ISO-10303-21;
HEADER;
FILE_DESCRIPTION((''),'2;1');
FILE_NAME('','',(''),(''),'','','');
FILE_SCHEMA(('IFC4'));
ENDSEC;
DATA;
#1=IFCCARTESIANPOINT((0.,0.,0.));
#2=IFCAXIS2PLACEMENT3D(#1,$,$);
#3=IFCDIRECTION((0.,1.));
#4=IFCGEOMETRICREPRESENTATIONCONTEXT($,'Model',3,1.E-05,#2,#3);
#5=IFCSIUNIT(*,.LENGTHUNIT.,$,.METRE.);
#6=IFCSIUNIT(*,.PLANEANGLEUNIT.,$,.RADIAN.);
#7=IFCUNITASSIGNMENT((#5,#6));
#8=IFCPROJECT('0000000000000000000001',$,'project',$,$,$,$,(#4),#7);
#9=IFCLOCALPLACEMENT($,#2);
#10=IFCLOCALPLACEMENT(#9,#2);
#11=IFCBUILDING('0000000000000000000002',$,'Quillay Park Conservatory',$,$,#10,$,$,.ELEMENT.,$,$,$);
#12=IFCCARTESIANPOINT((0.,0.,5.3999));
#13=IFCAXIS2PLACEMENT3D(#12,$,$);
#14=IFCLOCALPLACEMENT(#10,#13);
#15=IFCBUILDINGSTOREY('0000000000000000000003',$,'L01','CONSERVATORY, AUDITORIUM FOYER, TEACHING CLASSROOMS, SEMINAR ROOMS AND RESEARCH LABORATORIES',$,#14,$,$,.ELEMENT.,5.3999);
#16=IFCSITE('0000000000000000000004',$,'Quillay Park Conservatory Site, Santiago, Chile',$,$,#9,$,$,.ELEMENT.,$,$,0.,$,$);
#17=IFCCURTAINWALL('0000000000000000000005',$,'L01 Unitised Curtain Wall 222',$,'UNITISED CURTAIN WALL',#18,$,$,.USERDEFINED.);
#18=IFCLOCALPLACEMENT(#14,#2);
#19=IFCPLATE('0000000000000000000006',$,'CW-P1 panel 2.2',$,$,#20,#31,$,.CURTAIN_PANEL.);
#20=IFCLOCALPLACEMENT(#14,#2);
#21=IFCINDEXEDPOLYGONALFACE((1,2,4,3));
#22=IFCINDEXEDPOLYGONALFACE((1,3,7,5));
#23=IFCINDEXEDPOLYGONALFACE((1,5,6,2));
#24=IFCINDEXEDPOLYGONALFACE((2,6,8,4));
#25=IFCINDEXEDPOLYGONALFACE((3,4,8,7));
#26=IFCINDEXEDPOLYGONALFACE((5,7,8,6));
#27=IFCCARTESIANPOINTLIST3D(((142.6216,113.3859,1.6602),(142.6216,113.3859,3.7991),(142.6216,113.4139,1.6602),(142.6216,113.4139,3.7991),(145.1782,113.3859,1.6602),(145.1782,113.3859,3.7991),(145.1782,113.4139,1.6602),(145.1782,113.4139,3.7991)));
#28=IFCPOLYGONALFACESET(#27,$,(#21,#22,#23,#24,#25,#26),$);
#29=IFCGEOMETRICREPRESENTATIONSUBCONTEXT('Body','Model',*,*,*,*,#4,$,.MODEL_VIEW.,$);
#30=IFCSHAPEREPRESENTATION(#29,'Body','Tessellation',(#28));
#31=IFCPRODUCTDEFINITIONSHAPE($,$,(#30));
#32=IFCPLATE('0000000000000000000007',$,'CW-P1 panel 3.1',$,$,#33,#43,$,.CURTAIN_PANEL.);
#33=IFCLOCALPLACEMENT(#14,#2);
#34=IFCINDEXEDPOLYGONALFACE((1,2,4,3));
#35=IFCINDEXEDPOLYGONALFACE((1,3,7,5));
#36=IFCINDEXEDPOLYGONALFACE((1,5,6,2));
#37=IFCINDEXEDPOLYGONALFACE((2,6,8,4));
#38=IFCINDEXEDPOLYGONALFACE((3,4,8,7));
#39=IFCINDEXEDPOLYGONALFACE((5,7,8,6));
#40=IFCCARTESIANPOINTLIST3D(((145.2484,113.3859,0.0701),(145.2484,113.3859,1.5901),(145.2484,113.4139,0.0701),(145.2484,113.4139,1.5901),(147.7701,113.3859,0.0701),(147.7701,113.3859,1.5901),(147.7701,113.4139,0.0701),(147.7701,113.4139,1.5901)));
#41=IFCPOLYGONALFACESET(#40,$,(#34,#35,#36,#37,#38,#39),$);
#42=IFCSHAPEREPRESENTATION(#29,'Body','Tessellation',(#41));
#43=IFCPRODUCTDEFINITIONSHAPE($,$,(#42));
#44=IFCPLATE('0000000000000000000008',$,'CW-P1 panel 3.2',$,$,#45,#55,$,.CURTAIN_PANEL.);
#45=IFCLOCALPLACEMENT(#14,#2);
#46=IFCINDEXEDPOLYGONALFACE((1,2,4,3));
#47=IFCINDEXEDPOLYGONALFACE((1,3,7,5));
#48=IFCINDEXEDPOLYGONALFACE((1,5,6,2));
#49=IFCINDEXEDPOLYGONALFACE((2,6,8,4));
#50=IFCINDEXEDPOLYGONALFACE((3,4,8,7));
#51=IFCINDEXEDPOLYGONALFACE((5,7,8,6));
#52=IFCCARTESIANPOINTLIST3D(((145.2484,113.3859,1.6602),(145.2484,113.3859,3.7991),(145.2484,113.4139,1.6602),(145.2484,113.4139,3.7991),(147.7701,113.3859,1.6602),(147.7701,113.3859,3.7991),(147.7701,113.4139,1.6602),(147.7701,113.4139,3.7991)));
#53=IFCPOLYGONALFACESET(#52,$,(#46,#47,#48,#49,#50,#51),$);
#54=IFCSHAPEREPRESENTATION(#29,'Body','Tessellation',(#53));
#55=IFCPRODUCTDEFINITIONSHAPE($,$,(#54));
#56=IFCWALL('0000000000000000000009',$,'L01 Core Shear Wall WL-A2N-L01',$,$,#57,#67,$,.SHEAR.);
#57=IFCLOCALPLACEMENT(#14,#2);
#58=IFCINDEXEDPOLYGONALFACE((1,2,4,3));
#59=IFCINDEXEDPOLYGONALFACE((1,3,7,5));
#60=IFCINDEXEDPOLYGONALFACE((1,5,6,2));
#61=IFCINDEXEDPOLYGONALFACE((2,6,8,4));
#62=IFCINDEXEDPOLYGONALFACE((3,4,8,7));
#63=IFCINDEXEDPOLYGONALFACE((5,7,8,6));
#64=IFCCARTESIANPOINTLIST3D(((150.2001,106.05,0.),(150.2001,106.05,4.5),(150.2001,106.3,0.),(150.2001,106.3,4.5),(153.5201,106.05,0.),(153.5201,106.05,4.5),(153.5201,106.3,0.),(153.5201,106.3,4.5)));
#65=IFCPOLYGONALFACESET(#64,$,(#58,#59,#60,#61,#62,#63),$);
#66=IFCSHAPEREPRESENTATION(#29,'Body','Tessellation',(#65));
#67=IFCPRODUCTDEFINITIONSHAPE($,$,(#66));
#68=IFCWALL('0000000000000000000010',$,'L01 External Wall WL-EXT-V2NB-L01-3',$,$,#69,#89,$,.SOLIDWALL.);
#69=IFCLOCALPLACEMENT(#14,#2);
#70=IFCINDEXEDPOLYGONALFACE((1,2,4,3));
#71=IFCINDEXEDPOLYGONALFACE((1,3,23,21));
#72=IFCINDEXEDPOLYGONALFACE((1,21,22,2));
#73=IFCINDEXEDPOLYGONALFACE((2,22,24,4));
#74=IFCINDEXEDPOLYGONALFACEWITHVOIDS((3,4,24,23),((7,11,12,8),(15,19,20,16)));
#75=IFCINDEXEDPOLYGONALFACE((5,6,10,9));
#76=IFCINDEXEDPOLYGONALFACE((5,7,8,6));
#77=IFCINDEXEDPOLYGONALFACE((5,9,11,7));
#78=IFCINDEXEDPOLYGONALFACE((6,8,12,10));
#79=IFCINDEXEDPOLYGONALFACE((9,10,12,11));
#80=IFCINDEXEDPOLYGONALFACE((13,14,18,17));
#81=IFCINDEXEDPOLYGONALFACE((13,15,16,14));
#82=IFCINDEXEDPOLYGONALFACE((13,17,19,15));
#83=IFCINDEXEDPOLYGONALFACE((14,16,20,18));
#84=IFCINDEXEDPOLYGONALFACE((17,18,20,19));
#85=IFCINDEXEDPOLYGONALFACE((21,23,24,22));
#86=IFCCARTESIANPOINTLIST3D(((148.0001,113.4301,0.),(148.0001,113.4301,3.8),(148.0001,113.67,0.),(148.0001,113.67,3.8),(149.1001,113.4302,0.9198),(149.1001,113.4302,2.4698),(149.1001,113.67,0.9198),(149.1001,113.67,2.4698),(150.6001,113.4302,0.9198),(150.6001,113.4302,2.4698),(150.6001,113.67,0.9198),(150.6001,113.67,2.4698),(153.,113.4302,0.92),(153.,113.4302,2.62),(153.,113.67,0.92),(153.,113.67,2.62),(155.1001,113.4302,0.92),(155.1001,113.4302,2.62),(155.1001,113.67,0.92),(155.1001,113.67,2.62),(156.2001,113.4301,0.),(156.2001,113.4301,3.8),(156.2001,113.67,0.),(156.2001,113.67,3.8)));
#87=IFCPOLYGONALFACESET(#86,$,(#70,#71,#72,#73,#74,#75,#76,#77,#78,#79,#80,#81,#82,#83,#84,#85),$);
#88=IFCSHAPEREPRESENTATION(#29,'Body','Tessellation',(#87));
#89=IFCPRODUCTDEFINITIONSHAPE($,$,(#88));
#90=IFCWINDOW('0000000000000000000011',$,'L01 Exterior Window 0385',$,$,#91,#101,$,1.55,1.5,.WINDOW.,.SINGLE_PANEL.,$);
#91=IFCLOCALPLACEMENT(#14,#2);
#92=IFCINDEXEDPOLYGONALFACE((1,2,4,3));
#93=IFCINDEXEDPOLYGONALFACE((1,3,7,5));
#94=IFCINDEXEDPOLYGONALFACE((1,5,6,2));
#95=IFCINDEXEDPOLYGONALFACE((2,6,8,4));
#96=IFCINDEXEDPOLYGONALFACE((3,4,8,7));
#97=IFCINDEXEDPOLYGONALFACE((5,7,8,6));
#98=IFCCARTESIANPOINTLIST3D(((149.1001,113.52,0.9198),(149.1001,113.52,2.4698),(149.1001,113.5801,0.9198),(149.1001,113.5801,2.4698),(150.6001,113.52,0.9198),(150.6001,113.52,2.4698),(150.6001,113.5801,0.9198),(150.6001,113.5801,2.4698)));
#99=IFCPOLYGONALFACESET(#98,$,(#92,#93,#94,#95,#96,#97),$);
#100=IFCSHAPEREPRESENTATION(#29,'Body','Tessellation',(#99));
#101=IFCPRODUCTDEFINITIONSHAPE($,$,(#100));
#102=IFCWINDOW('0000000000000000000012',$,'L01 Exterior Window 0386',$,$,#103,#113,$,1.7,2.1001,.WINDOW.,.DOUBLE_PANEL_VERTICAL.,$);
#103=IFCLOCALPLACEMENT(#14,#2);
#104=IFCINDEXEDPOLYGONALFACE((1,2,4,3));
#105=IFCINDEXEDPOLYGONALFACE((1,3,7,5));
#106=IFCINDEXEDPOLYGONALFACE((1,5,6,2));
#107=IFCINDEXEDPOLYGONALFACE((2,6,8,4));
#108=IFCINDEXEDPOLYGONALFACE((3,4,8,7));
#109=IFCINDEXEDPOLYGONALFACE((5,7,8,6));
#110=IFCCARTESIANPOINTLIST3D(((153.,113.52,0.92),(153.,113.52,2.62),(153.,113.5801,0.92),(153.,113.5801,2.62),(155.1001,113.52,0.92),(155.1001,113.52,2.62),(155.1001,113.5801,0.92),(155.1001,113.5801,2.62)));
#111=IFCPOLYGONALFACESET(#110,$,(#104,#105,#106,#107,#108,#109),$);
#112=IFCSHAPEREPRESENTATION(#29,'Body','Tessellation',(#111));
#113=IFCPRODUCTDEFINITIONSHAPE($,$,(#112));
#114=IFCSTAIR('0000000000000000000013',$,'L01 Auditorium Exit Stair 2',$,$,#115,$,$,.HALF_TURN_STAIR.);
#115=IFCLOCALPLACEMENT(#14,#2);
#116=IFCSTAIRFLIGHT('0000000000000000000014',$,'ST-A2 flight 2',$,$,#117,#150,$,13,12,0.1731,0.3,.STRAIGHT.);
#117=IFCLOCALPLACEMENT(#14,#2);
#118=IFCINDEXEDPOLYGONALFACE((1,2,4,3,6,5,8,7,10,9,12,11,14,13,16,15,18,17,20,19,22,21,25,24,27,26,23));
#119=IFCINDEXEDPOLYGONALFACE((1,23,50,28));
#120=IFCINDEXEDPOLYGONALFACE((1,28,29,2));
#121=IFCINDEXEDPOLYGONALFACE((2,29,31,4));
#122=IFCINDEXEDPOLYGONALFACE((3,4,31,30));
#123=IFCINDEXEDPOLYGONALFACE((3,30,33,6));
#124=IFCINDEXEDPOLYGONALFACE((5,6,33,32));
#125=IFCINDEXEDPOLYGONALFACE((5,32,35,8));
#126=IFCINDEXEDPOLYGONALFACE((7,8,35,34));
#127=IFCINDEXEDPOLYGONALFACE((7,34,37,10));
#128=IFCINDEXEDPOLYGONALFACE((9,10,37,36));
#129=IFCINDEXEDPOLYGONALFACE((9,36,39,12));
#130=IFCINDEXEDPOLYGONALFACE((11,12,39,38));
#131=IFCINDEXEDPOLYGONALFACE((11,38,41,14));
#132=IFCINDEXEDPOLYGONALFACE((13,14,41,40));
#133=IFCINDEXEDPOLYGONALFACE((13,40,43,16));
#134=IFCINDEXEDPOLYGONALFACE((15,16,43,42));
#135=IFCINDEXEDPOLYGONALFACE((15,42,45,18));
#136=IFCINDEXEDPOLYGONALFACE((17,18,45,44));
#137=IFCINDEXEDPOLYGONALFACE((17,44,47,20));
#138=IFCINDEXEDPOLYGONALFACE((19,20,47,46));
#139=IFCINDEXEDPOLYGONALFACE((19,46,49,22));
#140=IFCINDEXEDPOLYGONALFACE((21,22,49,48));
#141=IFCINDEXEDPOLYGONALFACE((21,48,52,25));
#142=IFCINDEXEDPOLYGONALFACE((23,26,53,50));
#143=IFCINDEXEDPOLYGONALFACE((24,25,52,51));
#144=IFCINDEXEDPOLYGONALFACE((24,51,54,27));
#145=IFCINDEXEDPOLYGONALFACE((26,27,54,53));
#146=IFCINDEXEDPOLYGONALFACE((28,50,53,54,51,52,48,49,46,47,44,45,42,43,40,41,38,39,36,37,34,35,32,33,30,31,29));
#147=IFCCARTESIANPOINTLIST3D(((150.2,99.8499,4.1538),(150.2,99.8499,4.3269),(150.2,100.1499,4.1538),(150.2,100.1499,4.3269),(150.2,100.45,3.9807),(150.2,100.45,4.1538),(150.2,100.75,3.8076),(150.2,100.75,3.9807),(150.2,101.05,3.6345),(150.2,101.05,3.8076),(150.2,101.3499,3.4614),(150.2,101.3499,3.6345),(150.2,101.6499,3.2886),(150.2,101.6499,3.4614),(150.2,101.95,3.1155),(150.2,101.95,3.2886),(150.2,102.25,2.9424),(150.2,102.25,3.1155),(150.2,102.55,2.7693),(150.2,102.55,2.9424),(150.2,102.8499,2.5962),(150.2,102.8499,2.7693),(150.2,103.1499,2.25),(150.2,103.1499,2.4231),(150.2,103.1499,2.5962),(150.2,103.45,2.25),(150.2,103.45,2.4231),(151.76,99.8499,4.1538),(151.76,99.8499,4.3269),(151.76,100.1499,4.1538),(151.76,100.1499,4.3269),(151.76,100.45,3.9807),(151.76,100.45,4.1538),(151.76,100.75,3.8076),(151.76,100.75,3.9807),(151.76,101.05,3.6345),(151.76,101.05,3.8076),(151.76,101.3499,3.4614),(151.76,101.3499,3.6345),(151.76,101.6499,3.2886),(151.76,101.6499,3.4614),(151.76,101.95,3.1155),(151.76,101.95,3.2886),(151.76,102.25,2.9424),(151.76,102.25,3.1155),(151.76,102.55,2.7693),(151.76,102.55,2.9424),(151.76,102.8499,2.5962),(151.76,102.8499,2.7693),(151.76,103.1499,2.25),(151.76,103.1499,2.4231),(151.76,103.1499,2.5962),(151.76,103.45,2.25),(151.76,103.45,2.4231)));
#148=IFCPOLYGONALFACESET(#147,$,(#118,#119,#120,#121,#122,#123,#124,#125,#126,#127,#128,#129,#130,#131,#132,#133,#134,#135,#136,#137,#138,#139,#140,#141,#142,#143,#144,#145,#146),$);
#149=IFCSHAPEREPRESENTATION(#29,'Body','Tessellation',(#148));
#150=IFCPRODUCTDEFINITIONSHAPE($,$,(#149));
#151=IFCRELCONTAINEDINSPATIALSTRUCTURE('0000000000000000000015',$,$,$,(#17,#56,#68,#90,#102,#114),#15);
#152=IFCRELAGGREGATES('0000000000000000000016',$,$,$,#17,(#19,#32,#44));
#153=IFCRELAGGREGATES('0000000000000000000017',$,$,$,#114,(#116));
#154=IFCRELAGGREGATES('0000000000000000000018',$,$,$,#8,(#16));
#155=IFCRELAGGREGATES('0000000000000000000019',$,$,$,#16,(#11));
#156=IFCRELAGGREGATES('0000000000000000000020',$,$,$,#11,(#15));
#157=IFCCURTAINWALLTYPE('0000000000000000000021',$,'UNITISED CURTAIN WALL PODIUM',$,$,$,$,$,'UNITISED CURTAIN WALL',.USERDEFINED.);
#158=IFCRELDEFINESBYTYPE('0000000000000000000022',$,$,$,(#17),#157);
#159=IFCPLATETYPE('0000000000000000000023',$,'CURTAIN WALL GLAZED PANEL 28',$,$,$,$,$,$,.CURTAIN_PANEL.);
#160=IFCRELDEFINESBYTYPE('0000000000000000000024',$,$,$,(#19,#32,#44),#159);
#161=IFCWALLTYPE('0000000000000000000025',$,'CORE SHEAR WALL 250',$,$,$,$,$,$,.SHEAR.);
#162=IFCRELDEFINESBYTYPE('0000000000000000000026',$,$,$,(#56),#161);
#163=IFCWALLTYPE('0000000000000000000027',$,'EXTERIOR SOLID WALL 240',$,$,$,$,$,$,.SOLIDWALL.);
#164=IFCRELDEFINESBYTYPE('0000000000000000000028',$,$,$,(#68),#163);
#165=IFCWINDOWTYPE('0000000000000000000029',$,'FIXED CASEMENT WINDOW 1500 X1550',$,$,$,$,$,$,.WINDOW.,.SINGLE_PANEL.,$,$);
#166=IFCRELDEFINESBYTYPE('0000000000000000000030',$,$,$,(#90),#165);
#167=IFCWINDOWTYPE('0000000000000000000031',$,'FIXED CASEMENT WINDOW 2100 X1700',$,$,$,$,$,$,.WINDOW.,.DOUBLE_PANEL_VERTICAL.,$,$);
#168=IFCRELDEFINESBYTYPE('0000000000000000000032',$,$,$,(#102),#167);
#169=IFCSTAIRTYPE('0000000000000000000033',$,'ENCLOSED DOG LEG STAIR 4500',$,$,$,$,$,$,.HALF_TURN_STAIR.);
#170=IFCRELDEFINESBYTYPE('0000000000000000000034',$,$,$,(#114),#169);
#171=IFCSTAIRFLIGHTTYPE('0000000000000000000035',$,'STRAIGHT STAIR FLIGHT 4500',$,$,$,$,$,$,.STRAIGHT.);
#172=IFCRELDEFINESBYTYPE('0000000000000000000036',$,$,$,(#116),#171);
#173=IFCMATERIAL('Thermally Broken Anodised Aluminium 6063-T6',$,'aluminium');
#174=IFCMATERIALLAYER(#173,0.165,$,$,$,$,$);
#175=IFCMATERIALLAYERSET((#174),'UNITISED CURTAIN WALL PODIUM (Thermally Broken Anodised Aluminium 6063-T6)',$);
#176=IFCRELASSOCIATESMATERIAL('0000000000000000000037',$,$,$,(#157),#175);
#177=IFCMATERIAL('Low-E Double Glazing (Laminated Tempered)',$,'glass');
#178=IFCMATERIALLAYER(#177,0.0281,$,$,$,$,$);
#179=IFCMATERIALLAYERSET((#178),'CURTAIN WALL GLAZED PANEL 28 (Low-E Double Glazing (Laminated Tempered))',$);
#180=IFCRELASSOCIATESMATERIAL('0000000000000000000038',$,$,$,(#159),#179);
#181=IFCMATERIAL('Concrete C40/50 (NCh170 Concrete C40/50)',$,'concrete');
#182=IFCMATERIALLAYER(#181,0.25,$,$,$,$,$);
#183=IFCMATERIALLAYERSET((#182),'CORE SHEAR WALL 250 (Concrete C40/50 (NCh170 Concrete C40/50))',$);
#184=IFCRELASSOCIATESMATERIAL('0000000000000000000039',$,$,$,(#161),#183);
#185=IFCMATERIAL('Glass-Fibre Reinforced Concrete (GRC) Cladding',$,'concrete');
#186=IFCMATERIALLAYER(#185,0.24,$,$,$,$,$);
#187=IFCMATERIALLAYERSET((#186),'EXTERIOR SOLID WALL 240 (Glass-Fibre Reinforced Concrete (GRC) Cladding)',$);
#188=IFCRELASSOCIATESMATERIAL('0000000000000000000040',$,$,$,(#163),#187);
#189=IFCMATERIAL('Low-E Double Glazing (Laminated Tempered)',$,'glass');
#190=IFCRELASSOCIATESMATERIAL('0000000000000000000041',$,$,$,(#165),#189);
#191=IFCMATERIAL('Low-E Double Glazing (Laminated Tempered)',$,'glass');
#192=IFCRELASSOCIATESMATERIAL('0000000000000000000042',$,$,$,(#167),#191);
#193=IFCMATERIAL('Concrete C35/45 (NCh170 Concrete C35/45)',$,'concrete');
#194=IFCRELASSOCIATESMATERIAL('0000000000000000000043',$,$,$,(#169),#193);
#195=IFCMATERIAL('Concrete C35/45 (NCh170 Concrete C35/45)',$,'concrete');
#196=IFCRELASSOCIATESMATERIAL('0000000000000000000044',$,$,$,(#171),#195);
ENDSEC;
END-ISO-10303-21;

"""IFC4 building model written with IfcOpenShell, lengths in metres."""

from ifc_helpers import new_model, si_unit, direction, frame, frame_2d, origin, origin_2d, place, context, subcontext, project, spatial, polyline, rectangle, outline, extrude, material, layer, layer_set, type_object, element, fill, aggregate, save


model = new_model("IFC4")

# Units and contexts
model_context = context("Model", 3, precision=1e-05, world=origin(), true_north=direction((0.0, 1.0)))
body_context = subcontext(model_context, "Body", "Model", "MODEL_VIEW")
ifc_project = project(units=[si_unit("LENGTHUNIT", "METRE"), si_unit("PLANEANGLEUNIT", "RADIAN")], contexts=[model_context])

# Site, building, storey
site_placement = place(None, origin())
site = spatial("IfcSite", under=ifc_project, at=site_placement, Name="Quillay Park Conservatory Site, Santiago, Chile", CompositionType="ELEMENT", RefElevation=0.0)
building_placement = place(site_placement, origin())
building = spatial("IfcBuilding", under=site, at=building_placement, Name="Quillay Park Conservatory", CompositionType="ELEMENT")
storey_placement = place(building_placement, frame((0.0, 0.0, 5.3999)))
storey = spatial("IfcBuildingStorey", under=building, at=storey_placement, Name="L01", Description="CONSERVATORY, AUDITORIUM FOYER, TEACHING CLASSROOMS, SEMINAR ROOMS AND RESEARCH LABORATORIES", CompositionType="ELEMENT", Elevation=5.3999)

# Curtain wall
ifc_material_1 = material(Name="Thermally Broken Anodised Aluminium 6063-T6", Category="aluminium")
ifc_layer_1 = layer(ifc_material_1, 0.165)
ifc_layer_set_1 = layer_set([ifc_layer_1], Name="UNITISED CURTAIN WALL PODIUM (Thermally Broken Anodised Aluminium 6063-T6)")
curtain_wall_type = type_object("IfcCurtainWallType", Name="UNITISED CURTAIN WALL PODIUM", ElementType="UNITISED CURTAIN WALL", PredefinedType="USERDEFINED", material=ifc_layer_set_1)
curtain_wall_placement = place(storey_placement, origin())
curtain_wall = element("IfcCurtainWall", 1, at=curtain_wall_placement, inside=storey, type_object=curtain_wall_type, Name="L01 Unitised Curtain Wall 222", ObjectType="UNITISED CURTAIN WALL", PredefinedType="USERDEFINED")

# Plates
ifc_material_2 = material(Name="Low-E Double Glazing (Laminated Tempered)", Category="glass")
ifc_layer_2 = layer(ifc_material_2, 0.0281)
ifc_layer_set_2 = layer_set([ifc_layer_2], Name="CURTAIN WALL GLAZED PANEL 28 (Low-E Double Glazing (Laminated Tempered))")
plate_type = type_object("IfcPlateType", Name="CURTAIN WALL GLAZED PANEL 28", PredefinedType="CURTAIN_PANEL", material=ifc_layer_set_2)
plate_1_placement = place(storey_placement, frame((143.8999, 113.3999, 1.6602), z_axis=(0.0, 0.0, 1.0), x_axis=(1.0, 0.0, 0.0)))
plate_1 = element("IfcPlate", 2, at=plate_1_placement, type_object=plate_type, Name="CW-P1 panel 2.2", PredefinedType="CURTAIN_PANEL", context=body_context, shape_type="SweptSolid", body=[
    extrude(rectangle(XDim=2.5566, YDim=0.0281, at=origin_2d()), origin(), (0.0, 0.0, 1.0), 2.1389),
])
plate_2_placement = place(storey_placement, frame((146.5093, 113.3999, 0.0701), z_axis=(0.0, 0.0, 1.0), x_axis=(1.0, 0.0, 0.0)))
plate_2 = element("IfcPlate", 3, at=plate_2_placement, type_object=plate_type, Name="CW-P1 panel 3.1", PredefinedType="CURTAIN_PANEL", context=body_context, shape_type="SweptSolid", body=[
    extrude(rectangle(XDim=2.5217, YDim=0.0281, at=origin_2d()), origin(), (0.0, 0.0, 1.0), 1.52),
])
plate_3_placement = place(storey_placement, frame((146.5093, 113.3999, 1.6602), z_axis=(0.0, 0.0, 1.0), x_axis=(1.0, 0.0, 0.0)))
plate_3 = element("IfcPlate", 4, at=plate_3_placement, type_object=plate_type, Name="CW-P1 panel 3.2", PredefinedType="CURTAIN_PANEL", context=body_context, shape_type="SweptSolid", body=[
    extrude(rectangle(XDim=2.5217, YDim=0.0281, at=origin_2d()), origin(), (0.0, 0.0, 1.0), 2.1389),
])
aggregate(curtain_wall, [plate_1, plate_2, plate_3])

# Wall
ifc_material_3 = material(Name="Concrete C40/50 (NCh170 Concrete C40/50)", Category="concrete")
ifc_layer_3 = layer(ifc_material_3, 0.25)
ifc_layer_set_3 = layer_set([ifc_layer_3], Name="CORE SHEAR WALL 250 (Concrete C40/50 (NCh170 Concrete C40/50))")
wall_type_1 = type_object("IfcWallType", Name="CORE SHEAR WALL 250", PredefinedType="SHEAR", material=ifc_layer_set_3)
wall_1_placement = place(storey_placement, frame((150.2, 106.175, 0.0), z_axis=(0.0, 0.0, 1.0), x_axis=(1.0, 0.0, 0.0)))
element("IfcWall", 5, at=wall_1_placement, inside=storey, type_object=wall_type_1, Name="L01 Core Shear Wall WL-A2N-L01", PredefinedType="SHEAR", context=body_context, shape_type="SweptSolid", body=[
    extrude(rectangle(XDim=3.3201, YDim=0.25, at=frame_2d((1.6602, 0.0))), origin(), (0.0, 0.0, 1.0), 4.5),
])

# Wall, openings, windows
ifc_material_4 = material(Name="Glass-Fibre Reinforced Concrete (GRC) Cladding", Category="concrete")
ifc_layer_4 = layer(ifc_material_4, 0.24)
ifc_layer_set_4 = layer_set([ifc_layer_4], Name="EXTERIOR SOLID WALL 240 (Glass-Fibre Reinforced Concrete (GRC) Cladding)")
wall_type_2 = type_object("IfcWallType", Name="EXTERIOR SOLID WALL 240", PredefinedType="SOLIDWALL", material=ifc_layer_set_4)
wall_2_placement = place(storey_placement, frame((148.0, 113.55, 0.0), z_axis=(0.0, 0.0, 1.0), x_axis=(1.0, 0.0, 0.0)))
wall_2 = element("IfcWall", 6, at=wall_2_placement, inside=storey, type_object=wall_type_2, Name="L01 External Wall WL-EXT-V2NB-L01-3", PredefinedType="SOLIDWALL", context=body_context, shape_type="SweptSolid", body=[
    extrude(rectangle(XDim=8.2, YDim=0.24, at=frame_2d((4.1001, 0.0))), origin(), (0.0, 0.0, 1.0), 3.8),
])
opening_1_placement = place(wall_2_placement, frame((1.1001, 0.0, 0.9199)))
opening_1 = element("IfcOpeningElement", 7, at=opening_1_placement, cuts=wall_2, PredefinedType="OPENING", context=body_context, shape_type="SweptSolid", body=[
    extrude(rectangle(XDim=1.5, YDim=1.55, at=frame_2d((0.75, 0.7749))), frame((0.0, 0.1201, 0.0), z_axis=(0.0, -1.0, 0.0), x_axis=(1.0, 0.0, 0.0)), (0.0, 0.0, 1.0), 0.24),
])
opening_2_placement = place(wall_2_placement, frame((5.0, 0.0, 0.9199)))
opening_2 = element("IfcOpeningElement", 8, at=opening_2_placement, cuts=wall_2, PredefinedType="OPENING", context=body_context, shape_type="SweptSolid", body=[
    extrude(rectangle(XDim=2.1001, YDim=1.7, at=frame_2d((1.05, 0.8501))), frame((0.0, 0.1201, 0.0), z_axis=(0.0, -1.0, 0.0), x_axis=(1.0, 0.0, 0.0)), (0.0, 0.0, 1.0), 0.24),
])
ifc_material_5 = material(Name="Low-E Double Glazing (Laminated Tempered)", Category="glass")
window_type_1 = type_object("IfcWindowType", Name="FIXED CASEMENT WINDOW 1500 X1550", PartitioningType="SINGLE_PANEL", PredefinedType="WINDOW", material=ifc_material_5)
window_1_placement = place(opening_1_placement, origin())
window_1 = element("IfcWindow", 9, at=window_1_placement, inside=storey, type_object=window_type_1, Name="L01 Exterior Window 0385", OverallHeight=1.55, OverallWidth=1.5, PartitioningType="SINGLE_PANEL", PredefinedType="WINDOW", context=body_context, shape_type="SweptSolid", body=[
    extrude(rectangle(XDim=1.5, YDim=1.55, at=frame_2d((0.75, 0.7749))), frame((0.0, 0.03, 0.0), z_axis=(0.0, -1.0, 0.0), x_axis=(1.0, 0.0, 0.0)), (0.0, 0.0, 1.0), 0.0601),
])
fill(opening_1, window_1)
ifc_material_6 = material(Name="Low-E Double Glazing (Laminated Tempered)", Category="glass")
window_type_2 = type_object("IfcWindowType", Name="FIXED CASEMENT WINDOW 2100 X1700", PartitioningType="DOUBLE_PANEL_VERTICAL", PredefinedType="WINDOW", material=ifc_material_6)
window_2_placement = place(opening_2_placement, origin())
window_2 = element("IfcWindow", 10, at=window_2_placement, inside=storey, type_object=window_type_2, Name="L01 Exterior Window 0386", OverallHeight=1.7, OverallWidth=2.1001, PartitioningType="DOUBLE_PANEL_VERTICAL", PredefinedType="WINDOW", context=body_context, shape_type="SweptSolid", body=[
    extrude(rectangle(XDim=2.1001, YDim=1.7, at=frame_2d((1.05, 0.8501))), frame((0.0, 0.03, 0.0), z_axis=(0.0, -1.0, 0.0), x_axis=(1.0, 0.0, 0.0)), (0.0, 0.0, 1.0), 0.0601),
])
fill(opening_2, window_2)

# Stair, stair flight
ifc_material_7 = material(Name="Concrete C35/45 (NCh170 Concrete C35/45)", Category="concrete")
stair_type = type_object("IfcStairType", Name="ENCLOSED DOG LEG STAIR 4500", PredefinedType="HALF_TURN_STAIR", material=ifc_material_7)
stair_placement = place(storey_placement, origin())
stair = element("IfcStair", 11, at=stair_placement, inside=storey, type_object=stair_type, Name="L01 Auditorium Exit Stair 2", PredefinedType="HALF_TURN_STAIR")
ifc_material_8 = material(Name="Concrete C35/45 (NCh170 Concrete C35/45)", Category="concrete")
stair_flight_type = type_object("IfcStairFlightType", Name="STRAIGHT STAIR FLIGHT 4500", PredefinedType="STRAIGHT", material=ifc_material_8)
stair_flight_placement = place(storey_placement, frame((150.98, 103.45, 2.25), z_axis=(0.0, 0.0, 1.0), x_axis=(0.0, -1.0, 0.0)))
stair_flight = element("IfcStairFlight", 12, at=stair_flight_placement, type_object=stair_flight_type, Name="ST-A2 flight 2", NumberOfRisers=13, NumberOfTreads=12, PredefinedType="STRAIGHT", RiserHeight=0.1731, TreadLength=0.3, context=body_context, shape_type="SweptSolid", body=[
    extrude(outline(polyline([(0.0, 0.0), (0.0, 0.1731), (0.3, 0.1731), (0.3, 0.3462), (0.6001, 0.3462), (0.6001, 0.5193), (0.8999, 0.5193), (0.8999, 0.6924), (1.2, 0.6924), (1.2, 0.8655), (1.5, 0.8655), (1.5, 1.0386), (1.8, 1.0386), (1.8, 1.2114), (2.1001, 1.2114), (2.1001, 1.3845), (2.3999, 1.3845), (2.3999, 1.5576), (2.7, 1.5576), (2.7, 1.7307), (3.0, 1.7307), (3.0, 1.9038), (3.3, 1.9038), (3.3, 2.0769), (3.6001, 2.0769), (3.6001, 2.25), (3.6001, 1.9038), (0.3, 0.0), (0.0, 0.0)])), frame((0.0, 0.78, 0.0), z_axis=(0.0, -1.0, 0.0), x_axis=(1.0, 0.0, 0.0)), (0.0, 0.0, 1.0), 1.5601),
])
aggregate(stair, [stair_flight])

save(model, "model.ifc")
